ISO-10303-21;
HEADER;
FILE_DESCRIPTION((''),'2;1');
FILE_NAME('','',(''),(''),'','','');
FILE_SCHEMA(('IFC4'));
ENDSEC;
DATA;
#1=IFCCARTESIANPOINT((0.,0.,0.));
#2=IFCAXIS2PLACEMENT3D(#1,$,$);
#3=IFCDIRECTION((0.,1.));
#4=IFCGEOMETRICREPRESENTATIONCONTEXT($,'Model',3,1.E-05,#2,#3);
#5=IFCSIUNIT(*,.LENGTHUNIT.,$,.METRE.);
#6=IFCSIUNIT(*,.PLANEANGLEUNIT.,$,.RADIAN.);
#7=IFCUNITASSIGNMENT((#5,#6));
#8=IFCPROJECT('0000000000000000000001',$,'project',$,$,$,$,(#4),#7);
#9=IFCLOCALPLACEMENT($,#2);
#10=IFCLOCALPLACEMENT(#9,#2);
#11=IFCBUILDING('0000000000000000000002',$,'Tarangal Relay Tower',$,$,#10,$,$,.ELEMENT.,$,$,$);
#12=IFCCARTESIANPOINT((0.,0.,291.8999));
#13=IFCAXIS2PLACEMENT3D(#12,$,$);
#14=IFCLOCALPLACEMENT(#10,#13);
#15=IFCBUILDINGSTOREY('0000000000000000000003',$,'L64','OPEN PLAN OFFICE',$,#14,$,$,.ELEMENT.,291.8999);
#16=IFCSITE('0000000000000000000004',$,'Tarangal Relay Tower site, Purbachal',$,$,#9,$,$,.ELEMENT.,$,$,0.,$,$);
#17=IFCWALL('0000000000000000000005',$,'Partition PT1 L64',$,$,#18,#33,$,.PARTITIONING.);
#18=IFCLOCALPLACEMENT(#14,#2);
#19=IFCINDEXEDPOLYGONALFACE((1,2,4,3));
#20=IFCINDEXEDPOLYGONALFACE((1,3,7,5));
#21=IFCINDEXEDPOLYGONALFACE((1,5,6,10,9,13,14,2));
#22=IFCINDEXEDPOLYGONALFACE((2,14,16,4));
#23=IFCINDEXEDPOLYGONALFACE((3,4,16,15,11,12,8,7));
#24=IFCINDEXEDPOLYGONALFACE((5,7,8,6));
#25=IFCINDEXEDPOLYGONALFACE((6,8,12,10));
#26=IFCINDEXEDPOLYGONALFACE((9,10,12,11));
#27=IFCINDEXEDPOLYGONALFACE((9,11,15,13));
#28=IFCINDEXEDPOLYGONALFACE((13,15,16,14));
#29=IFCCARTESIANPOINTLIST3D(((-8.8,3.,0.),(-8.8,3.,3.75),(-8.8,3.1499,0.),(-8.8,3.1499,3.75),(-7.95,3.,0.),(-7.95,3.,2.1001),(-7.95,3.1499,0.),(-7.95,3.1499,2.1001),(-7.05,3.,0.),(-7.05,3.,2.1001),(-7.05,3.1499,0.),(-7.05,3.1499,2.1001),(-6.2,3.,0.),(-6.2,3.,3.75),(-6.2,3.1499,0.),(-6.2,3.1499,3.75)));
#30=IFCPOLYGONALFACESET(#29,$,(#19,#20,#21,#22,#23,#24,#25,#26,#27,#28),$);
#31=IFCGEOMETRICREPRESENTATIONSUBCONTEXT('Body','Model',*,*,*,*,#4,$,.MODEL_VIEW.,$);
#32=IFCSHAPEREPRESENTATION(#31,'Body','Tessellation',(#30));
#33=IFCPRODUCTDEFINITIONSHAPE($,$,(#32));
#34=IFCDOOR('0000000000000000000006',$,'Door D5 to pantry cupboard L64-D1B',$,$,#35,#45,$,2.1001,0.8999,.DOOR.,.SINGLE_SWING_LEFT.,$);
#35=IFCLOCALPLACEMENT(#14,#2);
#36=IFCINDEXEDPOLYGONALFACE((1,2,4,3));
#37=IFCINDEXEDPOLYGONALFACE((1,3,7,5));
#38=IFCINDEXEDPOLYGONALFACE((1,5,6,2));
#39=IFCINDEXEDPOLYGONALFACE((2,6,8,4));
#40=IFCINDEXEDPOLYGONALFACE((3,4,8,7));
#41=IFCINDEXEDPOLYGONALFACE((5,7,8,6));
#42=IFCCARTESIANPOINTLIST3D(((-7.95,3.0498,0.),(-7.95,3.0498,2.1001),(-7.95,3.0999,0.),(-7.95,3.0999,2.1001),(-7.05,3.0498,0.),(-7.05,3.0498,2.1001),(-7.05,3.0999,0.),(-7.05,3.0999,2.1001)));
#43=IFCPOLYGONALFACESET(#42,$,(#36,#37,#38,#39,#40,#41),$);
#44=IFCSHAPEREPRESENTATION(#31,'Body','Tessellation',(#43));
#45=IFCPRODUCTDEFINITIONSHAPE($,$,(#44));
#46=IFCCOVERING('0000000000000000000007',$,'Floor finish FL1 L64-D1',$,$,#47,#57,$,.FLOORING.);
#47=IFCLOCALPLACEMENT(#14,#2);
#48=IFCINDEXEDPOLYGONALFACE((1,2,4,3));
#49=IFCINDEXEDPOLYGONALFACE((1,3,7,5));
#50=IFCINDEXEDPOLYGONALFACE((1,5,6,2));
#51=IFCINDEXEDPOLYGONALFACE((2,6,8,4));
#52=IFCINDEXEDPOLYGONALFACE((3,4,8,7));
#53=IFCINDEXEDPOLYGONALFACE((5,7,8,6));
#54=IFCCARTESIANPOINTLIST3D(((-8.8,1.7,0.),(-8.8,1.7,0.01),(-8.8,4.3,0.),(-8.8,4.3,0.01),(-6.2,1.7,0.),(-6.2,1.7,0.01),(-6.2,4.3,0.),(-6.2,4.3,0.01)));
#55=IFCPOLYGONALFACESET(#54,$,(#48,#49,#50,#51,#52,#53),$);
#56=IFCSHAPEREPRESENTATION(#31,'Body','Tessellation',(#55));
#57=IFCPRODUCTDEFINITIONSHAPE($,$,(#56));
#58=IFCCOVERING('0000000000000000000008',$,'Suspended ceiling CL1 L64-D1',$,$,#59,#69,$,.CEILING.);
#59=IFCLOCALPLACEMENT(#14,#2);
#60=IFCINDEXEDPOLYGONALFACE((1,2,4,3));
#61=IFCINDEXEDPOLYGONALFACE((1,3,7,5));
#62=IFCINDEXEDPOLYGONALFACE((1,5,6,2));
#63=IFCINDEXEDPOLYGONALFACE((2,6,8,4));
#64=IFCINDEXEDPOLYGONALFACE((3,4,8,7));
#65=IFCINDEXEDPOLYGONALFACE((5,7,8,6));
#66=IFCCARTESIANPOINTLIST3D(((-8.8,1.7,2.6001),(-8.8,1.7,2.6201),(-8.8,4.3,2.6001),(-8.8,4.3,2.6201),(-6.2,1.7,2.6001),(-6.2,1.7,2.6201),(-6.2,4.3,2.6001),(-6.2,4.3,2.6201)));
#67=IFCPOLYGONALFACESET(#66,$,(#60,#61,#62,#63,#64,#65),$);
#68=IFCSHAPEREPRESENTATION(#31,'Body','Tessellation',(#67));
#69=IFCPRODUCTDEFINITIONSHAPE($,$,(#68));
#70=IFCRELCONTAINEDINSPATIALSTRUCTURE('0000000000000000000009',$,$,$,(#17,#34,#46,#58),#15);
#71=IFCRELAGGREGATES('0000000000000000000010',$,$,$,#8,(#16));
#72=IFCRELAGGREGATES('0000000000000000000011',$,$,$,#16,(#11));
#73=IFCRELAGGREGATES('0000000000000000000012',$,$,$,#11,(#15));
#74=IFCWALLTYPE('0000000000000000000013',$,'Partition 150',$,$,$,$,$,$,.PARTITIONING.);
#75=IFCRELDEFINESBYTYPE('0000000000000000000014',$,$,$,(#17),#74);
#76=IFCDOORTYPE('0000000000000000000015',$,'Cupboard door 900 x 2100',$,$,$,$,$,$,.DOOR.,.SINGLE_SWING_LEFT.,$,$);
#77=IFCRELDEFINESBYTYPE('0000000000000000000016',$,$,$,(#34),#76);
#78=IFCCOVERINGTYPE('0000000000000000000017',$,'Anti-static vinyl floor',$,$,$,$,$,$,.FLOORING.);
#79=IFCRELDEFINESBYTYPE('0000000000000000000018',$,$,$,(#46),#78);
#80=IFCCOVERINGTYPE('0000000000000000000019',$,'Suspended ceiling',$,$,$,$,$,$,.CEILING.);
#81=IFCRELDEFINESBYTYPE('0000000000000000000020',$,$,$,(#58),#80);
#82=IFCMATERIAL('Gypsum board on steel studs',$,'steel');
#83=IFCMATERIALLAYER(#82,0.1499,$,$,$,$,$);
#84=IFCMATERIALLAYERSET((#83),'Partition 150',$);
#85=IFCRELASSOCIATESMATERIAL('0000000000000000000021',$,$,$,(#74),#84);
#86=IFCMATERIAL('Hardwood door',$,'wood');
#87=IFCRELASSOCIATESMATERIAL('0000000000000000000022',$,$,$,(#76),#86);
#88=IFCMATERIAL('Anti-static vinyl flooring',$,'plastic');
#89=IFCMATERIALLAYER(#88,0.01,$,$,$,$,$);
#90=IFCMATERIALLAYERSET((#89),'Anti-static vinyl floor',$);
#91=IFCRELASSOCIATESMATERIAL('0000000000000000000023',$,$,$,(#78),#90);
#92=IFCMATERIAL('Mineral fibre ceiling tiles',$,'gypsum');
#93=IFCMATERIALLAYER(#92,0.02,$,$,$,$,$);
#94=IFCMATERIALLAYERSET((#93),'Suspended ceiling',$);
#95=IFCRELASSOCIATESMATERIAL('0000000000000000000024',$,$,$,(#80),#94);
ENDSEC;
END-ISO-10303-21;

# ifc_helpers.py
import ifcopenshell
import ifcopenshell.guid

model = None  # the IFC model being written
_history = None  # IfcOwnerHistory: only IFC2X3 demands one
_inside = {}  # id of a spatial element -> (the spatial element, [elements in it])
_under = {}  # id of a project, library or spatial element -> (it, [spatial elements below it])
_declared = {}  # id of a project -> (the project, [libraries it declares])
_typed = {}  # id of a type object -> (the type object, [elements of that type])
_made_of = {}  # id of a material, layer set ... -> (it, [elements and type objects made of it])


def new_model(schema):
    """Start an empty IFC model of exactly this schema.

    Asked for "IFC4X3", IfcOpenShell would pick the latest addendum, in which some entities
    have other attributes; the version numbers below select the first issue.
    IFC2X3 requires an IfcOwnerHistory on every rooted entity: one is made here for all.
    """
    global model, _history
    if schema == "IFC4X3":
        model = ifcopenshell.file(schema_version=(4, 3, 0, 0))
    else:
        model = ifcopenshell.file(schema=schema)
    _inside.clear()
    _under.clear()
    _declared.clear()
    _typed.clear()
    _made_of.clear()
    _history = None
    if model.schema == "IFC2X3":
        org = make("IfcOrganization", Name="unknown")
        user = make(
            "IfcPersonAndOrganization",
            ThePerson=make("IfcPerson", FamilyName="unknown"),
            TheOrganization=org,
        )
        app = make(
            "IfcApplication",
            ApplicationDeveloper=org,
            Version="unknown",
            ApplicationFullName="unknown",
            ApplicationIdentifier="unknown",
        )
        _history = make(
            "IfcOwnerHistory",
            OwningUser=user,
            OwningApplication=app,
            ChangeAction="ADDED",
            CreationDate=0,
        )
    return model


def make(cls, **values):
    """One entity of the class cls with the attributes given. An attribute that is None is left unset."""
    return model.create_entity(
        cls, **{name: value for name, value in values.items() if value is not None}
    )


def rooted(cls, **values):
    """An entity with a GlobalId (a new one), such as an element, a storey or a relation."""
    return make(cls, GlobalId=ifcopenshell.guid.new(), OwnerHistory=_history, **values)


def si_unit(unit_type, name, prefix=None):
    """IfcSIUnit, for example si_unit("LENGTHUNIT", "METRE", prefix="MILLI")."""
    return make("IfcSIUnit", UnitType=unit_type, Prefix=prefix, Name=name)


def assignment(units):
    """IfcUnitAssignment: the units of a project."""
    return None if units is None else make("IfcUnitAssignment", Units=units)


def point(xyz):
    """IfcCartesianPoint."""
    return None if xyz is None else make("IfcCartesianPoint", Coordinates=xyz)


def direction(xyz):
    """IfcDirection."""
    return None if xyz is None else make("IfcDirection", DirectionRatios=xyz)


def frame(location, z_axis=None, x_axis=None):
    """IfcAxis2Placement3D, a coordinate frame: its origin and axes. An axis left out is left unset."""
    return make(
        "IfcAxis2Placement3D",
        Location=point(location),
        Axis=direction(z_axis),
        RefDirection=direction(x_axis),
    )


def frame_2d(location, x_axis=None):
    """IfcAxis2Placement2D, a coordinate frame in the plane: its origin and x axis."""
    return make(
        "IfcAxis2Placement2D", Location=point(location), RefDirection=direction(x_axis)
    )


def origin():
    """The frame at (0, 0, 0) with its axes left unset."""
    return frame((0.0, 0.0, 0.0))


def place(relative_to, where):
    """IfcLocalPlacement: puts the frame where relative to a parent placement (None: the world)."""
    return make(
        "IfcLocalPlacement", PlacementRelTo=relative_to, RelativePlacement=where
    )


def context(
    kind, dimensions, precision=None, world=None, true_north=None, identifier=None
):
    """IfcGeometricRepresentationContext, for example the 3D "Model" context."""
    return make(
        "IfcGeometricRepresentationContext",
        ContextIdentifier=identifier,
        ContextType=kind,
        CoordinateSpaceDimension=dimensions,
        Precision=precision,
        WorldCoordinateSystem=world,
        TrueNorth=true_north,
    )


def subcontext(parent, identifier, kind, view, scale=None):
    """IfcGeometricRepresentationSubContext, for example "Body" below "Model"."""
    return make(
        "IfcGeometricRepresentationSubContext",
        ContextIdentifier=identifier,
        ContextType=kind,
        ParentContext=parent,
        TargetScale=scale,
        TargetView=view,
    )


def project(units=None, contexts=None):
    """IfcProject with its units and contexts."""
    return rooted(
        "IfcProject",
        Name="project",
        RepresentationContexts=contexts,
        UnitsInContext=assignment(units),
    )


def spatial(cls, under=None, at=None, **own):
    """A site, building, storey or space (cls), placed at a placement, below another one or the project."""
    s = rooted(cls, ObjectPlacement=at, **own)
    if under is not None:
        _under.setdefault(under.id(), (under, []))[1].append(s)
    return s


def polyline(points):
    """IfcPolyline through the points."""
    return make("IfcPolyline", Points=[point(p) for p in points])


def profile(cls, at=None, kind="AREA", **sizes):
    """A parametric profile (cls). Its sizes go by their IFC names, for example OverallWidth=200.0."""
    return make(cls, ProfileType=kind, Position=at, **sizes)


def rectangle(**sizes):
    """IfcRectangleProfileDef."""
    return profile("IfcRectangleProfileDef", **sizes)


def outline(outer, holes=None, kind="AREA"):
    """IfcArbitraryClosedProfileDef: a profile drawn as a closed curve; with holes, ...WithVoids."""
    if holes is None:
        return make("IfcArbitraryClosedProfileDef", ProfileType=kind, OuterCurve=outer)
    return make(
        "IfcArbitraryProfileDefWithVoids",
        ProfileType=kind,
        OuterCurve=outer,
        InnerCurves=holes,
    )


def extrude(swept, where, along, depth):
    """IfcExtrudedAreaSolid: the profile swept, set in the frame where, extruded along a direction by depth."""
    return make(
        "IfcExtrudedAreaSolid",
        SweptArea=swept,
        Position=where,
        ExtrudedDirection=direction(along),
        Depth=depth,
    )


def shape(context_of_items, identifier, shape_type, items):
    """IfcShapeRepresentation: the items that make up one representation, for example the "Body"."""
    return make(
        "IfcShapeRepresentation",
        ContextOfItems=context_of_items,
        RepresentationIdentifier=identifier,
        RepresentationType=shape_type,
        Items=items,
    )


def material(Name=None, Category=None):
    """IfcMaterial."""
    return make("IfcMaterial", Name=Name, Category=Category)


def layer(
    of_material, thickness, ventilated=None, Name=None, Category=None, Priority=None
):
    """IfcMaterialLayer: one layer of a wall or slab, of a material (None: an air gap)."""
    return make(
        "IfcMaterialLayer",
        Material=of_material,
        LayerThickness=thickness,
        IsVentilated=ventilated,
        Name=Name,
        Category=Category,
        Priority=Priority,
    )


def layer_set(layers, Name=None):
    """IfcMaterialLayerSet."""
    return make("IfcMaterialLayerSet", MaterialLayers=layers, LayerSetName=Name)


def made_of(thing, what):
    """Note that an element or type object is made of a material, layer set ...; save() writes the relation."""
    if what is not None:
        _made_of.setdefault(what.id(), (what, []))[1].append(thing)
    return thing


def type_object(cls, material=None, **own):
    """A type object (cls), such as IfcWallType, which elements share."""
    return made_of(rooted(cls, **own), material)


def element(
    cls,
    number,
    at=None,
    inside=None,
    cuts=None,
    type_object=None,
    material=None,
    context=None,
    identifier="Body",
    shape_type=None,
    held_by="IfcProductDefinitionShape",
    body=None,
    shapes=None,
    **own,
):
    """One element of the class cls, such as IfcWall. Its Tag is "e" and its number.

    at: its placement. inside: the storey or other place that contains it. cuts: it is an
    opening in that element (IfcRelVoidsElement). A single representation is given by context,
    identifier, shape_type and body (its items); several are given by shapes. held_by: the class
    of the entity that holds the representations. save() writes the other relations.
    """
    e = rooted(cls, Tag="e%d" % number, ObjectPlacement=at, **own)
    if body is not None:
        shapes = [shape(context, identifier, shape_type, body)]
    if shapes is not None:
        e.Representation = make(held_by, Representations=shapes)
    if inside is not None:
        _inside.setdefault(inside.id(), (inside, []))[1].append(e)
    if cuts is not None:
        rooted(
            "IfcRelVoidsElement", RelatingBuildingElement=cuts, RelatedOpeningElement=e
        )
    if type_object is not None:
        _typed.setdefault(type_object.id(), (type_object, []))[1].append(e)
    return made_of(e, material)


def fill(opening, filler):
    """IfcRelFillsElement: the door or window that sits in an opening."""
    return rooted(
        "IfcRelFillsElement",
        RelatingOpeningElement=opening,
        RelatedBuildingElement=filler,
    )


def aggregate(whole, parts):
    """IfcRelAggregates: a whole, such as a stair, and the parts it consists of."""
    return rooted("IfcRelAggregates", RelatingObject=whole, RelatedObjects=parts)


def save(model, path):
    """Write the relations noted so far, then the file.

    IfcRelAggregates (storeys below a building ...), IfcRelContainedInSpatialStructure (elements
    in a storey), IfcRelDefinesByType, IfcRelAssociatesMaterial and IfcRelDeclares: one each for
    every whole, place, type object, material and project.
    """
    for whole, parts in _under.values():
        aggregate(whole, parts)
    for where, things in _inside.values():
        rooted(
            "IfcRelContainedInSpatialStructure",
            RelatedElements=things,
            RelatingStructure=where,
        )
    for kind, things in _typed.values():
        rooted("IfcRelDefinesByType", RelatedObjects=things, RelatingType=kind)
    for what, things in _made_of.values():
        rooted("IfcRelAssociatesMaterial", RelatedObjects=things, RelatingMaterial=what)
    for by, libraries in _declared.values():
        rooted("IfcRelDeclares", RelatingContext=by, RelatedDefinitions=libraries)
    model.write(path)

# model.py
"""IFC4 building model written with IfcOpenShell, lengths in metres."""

from ifc_helpers import new_model, si_unit, direction, frame, frame_2d, origin, place, context, subcontext, project, spatial, polyline, rectangle, outline, extrude, material, layer, layer_set, type_object, element, fill, save


model = new_model("IFC4")

# Units and contexts
model_context = context("Model", 3, precision=1e-05, world=origin(), true_north=direction((0.0, 1.0)))
body_context = subcontext(model_context, "Body", "Model", "MODEL_VIEW")
ifc_project = project(units=[si_unit("LENGTHUNIT", "METRE"), si_unit("PLANEANGLEUNIT", "RADIAN")], contexts=[model_context])

# Site, building, storey
site_placement = place(None, origin())
site = spatial("IfcSite", under=ifc_project, at=site_placement, Name="Tarangal Relay Tower site, Purbachal", CompositionType="ELEMENT", RefElevation=0.0)
building_placement = place(site_placement, origin())
building = spatial("IfcBuilding", under=site, at=building_placement, Name="Tarangal Relay Tower", CompositionType="ELEMENT")
storey_placement = place(building_placement, frame((0.0, 0.0, 291.8999)))
storey = spatial("IfcBuildingStorey", under=building, at=storey_placement, Name="L64", Description="OPEN PLAN OFFICE", CompositionType="ELEMENT", Elevation=291.8999)

# Wall, opening, door
ifc_material_1 = material(Name="Gypsum board on steel studs", Category="steel")
ifc_layer_1 = layer(ifc_material_1, 0.1499)
ifc_layer_set_1 = layer_set([ifc_layer_1], Name="Partition 150")
wall_type_1 = type_object("IfcWallType", Name="Partition 150", PredefinedType="PARTITIONING", material=ifc_layer_set_1)
wall_1_placement = place(storey_placement, frame((-8.8, 3.075, 0.0), z_axis=(0.0, 0.0, 1.0), x_axis=(1.0, 0.0, 0.0)))
wall_1 = element("IfcWall", 1, at=wall_1_placement, inside=storey, type_object=wall_type_1, Name="Partition PT1 L64", PredefinedType="PARTITIONING", context=body_context, shape_type="SweptSolid", body=[
    extrude(rectangle(XDim=2.6001, YDim=0.1499, at=frame_2d((1.3, 0.0))), origin(), (0.0, 0.0, 1.0), 3.75),
])
opening_1_placement = place(wall_1_placement, frame((0.8501, 0.0, 0.0)))
opening_1 = element("IfcOpeningElement", 2, at=opening_1_placement, cuts=wall_1, PredefinedType="OPENING", context=body_context, shape_type="SweptSolid", body=[
    extrude(rectangle(XDim=0.8999, YDim=2.1001, at=frame_2d((0.45, 1.05))), frame((0.0, 0.085, 0.0), z_axis=(0.0, -1.0, 0.0), x_axis=(1.0, 0.0, 0.0)), (0.0, 0.0, 1.0), 0.1699),
])
ifc_material_2 = material(Name="Hardwood door", Category="wood")
door_type_1 = type_object("IfcDoorType", Name="Cupboard door 900 x 2100", OperationType="SINGLE_SWING_LEFT", PredefinedType="DOOR", material=ifc_material_2)
door_1_placement = place(opening_1_placement, origin())
door_1 = element("IfcDoor", 3, at=door_1_placement, inside=storey, type_object=door_type_1, Name="Door D5 to pantry cupboard L64-D1B", OperationType="SINGLE_SWING_LEFT", OverallHeight=2.1001, OverallWidth=0.8999, PredefinedType="DOOR", context=body_context, shape_type="SweptSolid", body=[
    extrude(rectangle(XDim=0.8999, YDim=2.1001, at=frame_2d((0.45, 1.05))), frame((0.0, 0.0249, 0.0), z_axis=(0.0, -1.0, 0.0), x_axis=(1.0, 0.0, 0.0)), (0.0, 0.0, 1.0), 0.05),
])
fill(opening_1, door_1)

# Coverings
ifc_material_3 = material(Name="Anti-static vinyl flooring", Category="plastic")
ifc_layer_2 = layer(ifc_material_3, 0.01)
ifc_layer_set_2 = layer_set([ifc_layer_2], Name="Anti-static vinyl floor")
covering_type_1 = type_object("IfcCoveringType", Name="Anti-static vinyl floor", PredefinedType="FLOORING", material=ifc_layer_set_2)
covering_1_placement = place(storey_placement, origin())
element("IfcCovering", 4, at=covering_1_placement, inside=storey, type_object=covering_type_1, Name="Floor finish FL1 L64-D1", PredefinedType="FLOORING", context=body_context, shape_type="SweptSolid", body=[
    extrude(outline(polyline([(-8.8, 1.7), (-6.2, 1.7), (-6.2, 4.3), (-8.8, 4.3), (-8.8, 1.7)])), origin(), (0.0, 0.0, 1.0), 0.01),
])
ifc_material_4 = material(Name="Mineral fibre ceiling tiles", Category="gypsum")
ifc_layer_3 = layer(ifc_material_4, 0.02)
ifc_layer_set_3 = layer_set([ifc_layer_3], Name="Suspended ceiling")
covering_type_2 = type_object("IfcCoveringType", Name="Suspended ceiling", PredefinedType="CEILING", material=ifc_layer_set_3)
covering_2_placement = place(storey_placement, frame((0.0, 0.0, 2.6001)))
element("IfcCovering", 5, at=covering_2_placement, inside=storey, type_object=covering_type_2, Name="Suspended ceiling CL1 L64-D1", PredefinedType="CEILING", context=body_context, shape_type="SweptSolid", body=[
    extrude(outline(polyline([(-8.8, 1.7), (-6.2, 1.7), (-6.2, 4.3), (-8.8, 4.3), (-8.8, 1.7)])), origin(), (0.0, 0.0, 1.0), 0.02),
])

save(model, "model.ifc")
